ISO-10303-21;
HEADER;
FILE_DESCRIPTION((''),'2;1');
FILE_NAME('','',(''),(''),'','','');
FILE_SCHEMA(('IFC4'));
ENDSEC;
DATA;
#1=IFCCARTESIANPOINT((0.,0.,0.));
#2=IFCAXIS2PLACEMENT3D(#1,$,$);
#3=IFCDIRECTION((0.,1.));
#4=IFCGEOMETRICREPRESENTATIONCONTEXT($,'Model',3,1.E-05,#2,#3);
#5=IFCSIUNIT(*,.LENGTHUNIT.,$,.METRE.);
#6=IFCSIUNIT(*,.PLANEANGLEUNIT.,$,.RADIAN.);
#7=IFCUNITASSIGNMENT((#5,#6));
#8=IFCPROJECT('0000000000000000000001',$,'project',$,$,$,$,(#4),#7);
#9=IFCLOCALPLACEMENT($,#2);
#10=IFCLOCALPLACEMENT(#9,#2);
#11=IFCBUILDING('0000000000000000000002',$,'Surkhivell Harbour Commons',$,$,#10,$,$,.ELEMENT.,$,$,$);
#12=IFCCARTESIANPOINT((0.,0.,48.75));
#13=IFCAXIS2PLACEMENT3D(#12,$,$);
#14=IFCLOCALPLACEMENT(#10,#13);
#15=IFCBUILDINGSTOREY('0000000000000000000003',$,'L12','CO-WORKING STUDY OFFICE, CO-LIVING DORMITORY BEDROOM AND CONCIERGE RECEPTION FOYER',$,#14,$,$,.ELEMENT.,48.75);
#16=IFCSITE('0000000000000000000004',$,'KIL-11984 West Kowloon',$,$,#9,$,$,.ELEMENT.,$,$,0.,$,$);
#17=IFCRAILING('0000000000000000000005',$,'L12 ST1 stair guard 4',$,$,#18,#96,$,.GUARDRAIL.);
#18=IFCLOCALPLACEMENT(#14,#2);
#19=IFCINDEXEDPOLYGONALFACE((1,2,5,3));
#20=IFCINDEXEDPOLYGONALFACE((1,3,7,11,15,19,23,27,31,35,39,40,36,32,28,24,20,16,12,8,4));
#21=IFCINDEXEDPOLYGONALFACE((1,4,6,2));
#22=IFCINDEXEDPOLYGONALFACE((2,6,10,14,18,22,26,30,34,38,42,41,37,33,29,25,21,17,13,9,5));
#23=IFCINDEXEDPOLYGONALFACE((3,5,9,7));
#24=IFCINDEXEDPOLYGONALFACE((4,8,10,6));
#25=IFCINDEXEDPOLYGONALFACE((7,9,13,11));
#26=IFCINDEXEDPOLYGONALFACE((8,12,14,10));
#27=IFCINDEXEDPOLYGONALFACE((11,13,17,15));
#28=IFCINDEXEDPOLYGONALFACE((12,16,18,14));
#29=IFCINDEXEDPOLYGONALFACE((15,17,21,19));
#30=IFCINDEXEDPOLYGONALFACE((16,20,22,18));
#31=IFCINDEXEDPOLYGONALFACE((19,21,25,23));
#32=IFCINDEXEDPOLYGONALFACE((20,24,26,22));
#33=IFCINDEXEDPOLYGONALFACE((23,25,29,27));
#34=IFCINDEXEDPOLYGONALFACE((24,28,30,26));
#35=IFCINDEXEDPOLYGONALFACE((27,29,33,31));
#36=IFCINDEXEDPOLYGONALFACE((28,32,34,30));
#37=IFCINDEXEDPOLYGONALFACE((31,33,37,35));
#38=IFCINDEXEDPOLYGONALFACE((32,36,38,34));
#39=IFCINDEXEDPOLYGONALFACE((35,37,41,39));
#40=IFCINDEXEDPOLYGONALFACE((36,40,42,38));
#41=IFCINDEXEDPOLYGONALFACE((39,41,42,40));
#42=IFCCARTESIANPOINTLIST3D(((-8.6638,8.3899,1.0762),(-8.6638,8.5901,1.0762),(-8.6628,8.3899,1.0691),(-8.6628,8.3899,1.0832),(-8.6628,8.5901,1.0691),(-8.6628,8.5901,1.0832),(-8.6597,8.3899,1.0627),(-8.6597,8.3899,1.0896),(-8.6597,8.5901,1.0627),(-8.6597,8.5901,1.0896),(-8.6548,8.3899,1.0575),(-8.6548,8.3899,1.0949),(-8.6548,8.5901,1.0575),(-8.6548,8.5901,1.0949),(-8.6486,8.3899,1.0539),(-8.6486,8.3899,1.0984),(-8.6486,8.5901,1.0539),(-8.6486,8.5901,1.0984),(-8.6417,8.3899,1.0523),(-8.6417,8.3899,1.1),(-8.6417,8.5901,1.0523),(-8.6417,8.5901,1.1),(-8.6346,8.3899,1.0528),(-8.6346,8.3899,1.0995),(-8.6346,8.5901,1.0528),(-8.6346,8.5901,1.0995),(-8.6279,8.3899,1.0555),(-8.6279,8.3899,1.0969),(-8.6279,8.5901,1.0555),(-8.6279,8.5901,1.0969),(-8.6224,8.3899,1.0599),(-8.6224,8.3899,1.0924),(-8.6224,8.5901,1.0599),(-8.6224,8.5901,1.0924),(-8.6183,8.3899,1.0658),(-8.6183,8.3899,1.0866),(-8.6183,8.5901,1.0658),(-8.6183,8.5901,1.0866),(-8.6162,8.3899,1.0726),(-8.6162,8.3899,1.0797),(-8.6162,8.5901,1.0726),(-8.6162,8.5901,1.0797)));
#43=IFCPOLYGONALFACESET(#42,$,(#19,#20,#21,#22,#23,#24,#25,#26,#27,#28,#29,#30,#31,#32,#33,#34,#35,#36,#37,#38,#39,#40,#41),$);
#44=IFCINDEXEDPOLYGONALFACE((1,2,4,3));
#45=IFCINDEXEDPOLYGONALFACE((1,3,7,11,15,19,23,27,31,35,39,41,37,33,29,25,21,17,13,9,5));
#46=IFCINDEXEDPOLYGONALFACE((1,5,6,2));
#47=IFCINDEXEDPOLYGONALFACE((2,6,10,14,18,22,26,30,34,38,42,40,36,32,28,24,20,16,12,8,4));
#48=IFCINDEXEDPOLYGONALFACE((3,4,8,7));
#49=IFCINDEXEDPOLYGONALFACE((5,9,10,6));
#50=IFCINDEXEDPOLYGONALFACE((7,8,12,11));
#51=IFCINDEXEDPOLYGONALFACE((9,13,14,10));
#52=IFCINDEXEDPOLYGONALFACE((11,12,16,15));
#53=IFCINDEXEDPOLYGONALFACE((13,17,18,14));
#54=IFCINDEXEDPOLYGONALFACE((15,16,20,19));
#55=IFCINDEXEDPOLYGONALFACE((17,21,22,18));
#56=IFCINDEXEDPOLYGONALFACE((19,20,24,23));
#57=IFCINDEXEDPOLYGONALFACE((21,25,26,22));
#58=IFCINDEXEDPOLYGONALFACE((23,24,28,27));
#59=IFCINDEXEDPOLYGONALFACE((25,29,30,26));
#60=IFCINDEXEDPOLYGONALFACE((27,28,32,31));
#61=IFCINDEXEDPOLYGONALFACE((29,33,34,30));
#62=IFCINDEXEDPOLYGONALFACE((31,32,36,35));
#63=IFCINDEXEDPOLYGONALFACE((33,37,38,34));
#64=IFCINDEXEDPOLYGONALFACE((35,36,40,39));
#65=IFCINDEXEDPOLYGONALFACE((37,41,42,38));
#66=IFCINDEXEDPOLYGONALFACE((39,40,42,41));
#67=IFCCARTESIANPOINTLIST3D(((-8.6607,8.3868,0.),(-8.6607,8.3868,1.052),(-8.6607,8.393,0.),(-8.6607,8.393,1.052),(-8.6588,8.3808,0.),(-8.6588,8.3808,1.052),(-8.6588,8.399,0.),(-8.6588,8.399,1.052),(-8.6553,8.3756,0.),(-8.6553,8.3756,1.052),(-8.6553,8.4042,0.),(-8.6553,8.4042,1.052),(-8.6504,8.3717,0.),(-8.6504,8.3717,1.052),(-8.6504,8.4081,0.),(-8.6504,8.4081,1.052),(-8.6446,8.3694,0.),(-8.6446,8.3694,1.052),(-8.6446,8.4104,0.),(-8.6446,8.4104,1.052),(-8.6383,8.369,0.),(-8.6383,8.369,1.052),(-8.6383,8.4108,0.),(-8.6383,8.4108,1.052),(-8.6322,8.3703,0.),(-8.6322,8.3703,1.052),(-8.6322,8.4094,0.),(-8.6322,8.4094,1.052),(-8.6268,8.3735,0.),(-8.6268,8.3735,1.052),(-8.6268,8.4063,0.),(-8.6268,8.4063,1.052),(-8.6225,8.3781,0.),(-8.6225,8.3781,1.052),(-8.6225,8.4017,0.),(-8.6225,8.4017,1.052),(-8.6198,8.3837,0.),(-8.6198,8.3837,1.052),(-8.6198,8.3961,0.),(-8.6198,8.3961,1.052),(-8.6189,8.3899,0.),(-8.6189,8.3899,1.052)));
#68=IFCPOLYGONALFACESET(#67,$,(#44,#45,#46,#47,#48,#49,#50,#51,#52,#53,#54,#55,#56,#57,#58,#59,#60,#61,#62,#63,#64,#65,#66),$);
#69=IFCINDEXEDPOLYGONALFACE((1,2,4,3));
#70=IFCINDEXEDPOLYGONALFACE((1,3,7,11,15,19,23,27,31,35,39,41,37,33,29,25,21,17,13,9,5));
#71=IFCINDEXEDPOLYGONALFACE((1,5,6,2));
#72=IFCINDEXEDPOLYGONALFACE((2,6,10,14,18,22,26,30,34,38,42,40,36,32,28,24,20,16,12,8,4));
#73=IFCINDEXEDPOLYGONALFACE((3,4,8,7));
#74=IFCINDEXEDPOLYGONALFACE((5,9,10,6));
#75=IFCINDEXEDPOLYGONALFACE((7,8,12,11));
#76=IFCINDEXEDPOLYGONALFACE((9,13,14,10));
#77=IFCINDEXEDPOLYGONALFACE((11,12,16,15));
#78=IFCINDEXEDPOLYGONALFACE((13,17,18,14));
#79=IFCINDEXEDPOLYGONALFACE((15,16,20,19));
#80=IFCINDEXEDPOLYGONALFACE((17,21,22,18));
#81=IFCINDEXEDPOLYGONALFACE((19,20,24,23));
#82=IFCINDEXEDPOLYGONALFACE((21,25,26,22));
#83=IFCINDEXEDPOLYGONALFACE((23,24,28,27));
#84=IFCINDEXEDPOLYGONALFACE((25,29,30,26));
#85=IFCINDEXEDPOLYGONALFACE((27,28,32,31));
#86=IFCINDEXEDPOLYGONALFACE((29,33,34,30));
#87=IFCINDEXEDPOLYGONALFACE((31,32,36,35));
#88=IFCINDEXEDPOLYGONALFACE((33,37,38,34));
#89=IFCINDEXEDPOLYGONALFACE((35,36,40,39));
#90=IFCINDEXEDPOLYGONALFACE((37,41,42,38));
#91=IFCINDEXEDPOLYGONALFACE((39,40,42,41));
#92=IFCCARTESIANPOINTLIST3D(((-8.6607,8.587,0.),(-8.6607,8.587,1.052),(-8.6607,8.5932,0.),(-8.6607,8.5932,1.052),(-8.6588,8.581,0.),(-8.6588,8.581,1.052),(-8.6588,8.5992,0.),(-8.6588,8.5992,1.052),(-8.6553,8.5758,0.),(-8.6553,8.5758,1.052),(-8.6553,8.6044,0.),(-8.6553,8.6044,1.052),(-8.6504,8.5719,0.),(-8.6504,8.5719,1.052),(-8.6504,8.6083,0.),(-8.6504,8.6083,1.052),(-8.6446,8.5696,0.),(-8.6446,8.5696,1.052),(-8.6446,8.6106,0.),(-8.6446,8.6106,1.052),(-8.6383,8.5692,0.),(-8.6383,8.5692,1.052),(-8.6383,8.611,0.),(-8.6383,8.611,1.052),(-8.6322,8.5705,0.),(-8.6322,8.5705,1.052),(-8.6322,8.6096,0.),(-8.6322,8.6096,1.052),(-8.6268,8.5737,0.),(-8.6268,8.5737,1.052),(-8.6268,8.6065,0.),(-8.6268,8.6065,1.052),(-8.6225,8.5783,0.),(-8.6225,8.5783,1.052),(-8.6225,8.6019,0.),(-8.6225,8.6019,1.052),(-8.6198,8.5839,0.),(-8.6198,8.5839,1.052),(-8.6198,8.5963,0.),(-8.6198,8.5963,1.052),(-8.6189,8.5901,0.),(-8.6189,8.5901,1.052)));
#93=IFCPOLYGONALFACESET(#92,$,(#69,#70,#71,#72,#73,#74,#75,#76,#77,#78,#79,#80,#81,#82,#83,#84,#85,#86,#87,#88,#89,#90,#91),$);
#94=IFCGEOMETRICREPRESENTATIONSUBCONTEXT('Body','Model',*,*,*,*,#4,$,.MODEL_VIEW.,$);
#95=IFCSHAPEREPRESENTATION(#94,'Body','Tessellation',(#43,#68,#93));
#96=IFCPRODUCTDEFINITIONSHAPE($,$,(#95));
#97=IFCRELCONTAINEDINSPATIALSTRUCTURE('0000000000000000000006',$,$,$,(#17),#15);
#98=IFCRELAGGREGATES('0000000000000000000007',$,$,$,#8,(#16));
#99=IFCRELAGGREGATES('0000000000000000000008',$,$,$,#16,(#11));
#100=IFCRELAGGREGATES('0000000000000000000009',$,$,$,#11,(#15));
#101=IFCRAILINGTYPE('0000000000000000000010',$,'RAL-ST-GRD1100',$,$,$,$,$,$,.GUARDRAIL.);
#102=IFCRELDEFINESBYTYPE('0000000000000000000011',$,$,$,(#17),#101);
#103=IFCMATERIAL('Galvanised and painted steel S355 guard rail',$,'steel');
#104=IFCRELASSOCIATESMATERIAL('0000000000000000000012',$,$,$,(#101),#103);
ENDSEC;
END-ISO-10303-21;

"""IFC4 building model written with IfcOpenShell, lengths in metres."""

from ifc_helpers import new_model, si_unit, direction, frame, origin, origin_2d, place, context, subcontext, project, spatial, circle, extrude, material, type_object, element, save


model = new_model("IFC4")

# Units and contexts
model_context = context("Model", 3, precision=1e-05, world=origin(), true_north=direction((0.0, 1.0)))
body_context = subcontext(model_context, "Body", "Model", "MODEL_VIEW")
ifc_project = project(units=[si_unit("LENGTHUNIT", "METRE"), si_unit("PLANEANGLEUNIT", "RADIAN")], contexts=[model_context])

# Site, building, storey
site_placement = place(None, origin())
site = spatial("IfcSite", under=ifc_project, at=site_placement, Name="KIL-11984 West Kowloon", CompositionType="ELEMENT", RefElevation=0.0)
building_placement = place(site_placement, origin())
building = spatial("IfcBuilding", under=site, at=building_placement, Name="Surkhivell Harbour Commons", CompositionType="ELEMENT")
storey_placement = place(building_placement, frame((0.0, 0.0, 48.75)))
storey = spatial("IfcBuildingStorey", under=building, at=storey_placement, Name="L12", Description="CO-WORKING STUDY OFFICE, CO-LIVING DORMITORY BEDROOM AND CONCIERGE RECEPTION FOYER", CompositionType="ELEMENT", Elevation=48.75)

# Railing
ifc_material_1 = material(Name="Galvanised and painted steel S355 guard rail", Category="steel")
railing_type_1 = type_object("IfcRailingType", Name="RAL-ST-GRD1100", PredefinedType="GUARDRAIL", material=ifc_material_1)
railing_1_placement = place(storey_placement, frame((-8.6399, 8.3899, 0.0)))
element("IfcRailing", 1, at=railing_1_placement, inside=storey, type_object=railing_type_1, Name="L12 ST1 stair guard 4", PredefinedType="GUARDRAIL", context=body_context, shape_type="SweptSolid", body=[
    extrude(circle(Radius=0.0239, at=origin_2d()), frame((0.0, 0.0, 1.0762), z_axis=(0.0, 1.0, 0.0), x_axis=(-1.0, 0.0, 0.0)), (0.0, 0.0, 1.0), 0.2002),
    extrude(circle(Radius=0.021, at=origin_2d()), origin(), (0.0, 0.0, 1.0), 1.052),
    extrude(circle(Radius=0.021, at=origin_2d()), frame((0.0, 0.2002, 0.0)), (0.0, 0.0, 1.0), 1.052),
])

save(model, "model.ifc")
